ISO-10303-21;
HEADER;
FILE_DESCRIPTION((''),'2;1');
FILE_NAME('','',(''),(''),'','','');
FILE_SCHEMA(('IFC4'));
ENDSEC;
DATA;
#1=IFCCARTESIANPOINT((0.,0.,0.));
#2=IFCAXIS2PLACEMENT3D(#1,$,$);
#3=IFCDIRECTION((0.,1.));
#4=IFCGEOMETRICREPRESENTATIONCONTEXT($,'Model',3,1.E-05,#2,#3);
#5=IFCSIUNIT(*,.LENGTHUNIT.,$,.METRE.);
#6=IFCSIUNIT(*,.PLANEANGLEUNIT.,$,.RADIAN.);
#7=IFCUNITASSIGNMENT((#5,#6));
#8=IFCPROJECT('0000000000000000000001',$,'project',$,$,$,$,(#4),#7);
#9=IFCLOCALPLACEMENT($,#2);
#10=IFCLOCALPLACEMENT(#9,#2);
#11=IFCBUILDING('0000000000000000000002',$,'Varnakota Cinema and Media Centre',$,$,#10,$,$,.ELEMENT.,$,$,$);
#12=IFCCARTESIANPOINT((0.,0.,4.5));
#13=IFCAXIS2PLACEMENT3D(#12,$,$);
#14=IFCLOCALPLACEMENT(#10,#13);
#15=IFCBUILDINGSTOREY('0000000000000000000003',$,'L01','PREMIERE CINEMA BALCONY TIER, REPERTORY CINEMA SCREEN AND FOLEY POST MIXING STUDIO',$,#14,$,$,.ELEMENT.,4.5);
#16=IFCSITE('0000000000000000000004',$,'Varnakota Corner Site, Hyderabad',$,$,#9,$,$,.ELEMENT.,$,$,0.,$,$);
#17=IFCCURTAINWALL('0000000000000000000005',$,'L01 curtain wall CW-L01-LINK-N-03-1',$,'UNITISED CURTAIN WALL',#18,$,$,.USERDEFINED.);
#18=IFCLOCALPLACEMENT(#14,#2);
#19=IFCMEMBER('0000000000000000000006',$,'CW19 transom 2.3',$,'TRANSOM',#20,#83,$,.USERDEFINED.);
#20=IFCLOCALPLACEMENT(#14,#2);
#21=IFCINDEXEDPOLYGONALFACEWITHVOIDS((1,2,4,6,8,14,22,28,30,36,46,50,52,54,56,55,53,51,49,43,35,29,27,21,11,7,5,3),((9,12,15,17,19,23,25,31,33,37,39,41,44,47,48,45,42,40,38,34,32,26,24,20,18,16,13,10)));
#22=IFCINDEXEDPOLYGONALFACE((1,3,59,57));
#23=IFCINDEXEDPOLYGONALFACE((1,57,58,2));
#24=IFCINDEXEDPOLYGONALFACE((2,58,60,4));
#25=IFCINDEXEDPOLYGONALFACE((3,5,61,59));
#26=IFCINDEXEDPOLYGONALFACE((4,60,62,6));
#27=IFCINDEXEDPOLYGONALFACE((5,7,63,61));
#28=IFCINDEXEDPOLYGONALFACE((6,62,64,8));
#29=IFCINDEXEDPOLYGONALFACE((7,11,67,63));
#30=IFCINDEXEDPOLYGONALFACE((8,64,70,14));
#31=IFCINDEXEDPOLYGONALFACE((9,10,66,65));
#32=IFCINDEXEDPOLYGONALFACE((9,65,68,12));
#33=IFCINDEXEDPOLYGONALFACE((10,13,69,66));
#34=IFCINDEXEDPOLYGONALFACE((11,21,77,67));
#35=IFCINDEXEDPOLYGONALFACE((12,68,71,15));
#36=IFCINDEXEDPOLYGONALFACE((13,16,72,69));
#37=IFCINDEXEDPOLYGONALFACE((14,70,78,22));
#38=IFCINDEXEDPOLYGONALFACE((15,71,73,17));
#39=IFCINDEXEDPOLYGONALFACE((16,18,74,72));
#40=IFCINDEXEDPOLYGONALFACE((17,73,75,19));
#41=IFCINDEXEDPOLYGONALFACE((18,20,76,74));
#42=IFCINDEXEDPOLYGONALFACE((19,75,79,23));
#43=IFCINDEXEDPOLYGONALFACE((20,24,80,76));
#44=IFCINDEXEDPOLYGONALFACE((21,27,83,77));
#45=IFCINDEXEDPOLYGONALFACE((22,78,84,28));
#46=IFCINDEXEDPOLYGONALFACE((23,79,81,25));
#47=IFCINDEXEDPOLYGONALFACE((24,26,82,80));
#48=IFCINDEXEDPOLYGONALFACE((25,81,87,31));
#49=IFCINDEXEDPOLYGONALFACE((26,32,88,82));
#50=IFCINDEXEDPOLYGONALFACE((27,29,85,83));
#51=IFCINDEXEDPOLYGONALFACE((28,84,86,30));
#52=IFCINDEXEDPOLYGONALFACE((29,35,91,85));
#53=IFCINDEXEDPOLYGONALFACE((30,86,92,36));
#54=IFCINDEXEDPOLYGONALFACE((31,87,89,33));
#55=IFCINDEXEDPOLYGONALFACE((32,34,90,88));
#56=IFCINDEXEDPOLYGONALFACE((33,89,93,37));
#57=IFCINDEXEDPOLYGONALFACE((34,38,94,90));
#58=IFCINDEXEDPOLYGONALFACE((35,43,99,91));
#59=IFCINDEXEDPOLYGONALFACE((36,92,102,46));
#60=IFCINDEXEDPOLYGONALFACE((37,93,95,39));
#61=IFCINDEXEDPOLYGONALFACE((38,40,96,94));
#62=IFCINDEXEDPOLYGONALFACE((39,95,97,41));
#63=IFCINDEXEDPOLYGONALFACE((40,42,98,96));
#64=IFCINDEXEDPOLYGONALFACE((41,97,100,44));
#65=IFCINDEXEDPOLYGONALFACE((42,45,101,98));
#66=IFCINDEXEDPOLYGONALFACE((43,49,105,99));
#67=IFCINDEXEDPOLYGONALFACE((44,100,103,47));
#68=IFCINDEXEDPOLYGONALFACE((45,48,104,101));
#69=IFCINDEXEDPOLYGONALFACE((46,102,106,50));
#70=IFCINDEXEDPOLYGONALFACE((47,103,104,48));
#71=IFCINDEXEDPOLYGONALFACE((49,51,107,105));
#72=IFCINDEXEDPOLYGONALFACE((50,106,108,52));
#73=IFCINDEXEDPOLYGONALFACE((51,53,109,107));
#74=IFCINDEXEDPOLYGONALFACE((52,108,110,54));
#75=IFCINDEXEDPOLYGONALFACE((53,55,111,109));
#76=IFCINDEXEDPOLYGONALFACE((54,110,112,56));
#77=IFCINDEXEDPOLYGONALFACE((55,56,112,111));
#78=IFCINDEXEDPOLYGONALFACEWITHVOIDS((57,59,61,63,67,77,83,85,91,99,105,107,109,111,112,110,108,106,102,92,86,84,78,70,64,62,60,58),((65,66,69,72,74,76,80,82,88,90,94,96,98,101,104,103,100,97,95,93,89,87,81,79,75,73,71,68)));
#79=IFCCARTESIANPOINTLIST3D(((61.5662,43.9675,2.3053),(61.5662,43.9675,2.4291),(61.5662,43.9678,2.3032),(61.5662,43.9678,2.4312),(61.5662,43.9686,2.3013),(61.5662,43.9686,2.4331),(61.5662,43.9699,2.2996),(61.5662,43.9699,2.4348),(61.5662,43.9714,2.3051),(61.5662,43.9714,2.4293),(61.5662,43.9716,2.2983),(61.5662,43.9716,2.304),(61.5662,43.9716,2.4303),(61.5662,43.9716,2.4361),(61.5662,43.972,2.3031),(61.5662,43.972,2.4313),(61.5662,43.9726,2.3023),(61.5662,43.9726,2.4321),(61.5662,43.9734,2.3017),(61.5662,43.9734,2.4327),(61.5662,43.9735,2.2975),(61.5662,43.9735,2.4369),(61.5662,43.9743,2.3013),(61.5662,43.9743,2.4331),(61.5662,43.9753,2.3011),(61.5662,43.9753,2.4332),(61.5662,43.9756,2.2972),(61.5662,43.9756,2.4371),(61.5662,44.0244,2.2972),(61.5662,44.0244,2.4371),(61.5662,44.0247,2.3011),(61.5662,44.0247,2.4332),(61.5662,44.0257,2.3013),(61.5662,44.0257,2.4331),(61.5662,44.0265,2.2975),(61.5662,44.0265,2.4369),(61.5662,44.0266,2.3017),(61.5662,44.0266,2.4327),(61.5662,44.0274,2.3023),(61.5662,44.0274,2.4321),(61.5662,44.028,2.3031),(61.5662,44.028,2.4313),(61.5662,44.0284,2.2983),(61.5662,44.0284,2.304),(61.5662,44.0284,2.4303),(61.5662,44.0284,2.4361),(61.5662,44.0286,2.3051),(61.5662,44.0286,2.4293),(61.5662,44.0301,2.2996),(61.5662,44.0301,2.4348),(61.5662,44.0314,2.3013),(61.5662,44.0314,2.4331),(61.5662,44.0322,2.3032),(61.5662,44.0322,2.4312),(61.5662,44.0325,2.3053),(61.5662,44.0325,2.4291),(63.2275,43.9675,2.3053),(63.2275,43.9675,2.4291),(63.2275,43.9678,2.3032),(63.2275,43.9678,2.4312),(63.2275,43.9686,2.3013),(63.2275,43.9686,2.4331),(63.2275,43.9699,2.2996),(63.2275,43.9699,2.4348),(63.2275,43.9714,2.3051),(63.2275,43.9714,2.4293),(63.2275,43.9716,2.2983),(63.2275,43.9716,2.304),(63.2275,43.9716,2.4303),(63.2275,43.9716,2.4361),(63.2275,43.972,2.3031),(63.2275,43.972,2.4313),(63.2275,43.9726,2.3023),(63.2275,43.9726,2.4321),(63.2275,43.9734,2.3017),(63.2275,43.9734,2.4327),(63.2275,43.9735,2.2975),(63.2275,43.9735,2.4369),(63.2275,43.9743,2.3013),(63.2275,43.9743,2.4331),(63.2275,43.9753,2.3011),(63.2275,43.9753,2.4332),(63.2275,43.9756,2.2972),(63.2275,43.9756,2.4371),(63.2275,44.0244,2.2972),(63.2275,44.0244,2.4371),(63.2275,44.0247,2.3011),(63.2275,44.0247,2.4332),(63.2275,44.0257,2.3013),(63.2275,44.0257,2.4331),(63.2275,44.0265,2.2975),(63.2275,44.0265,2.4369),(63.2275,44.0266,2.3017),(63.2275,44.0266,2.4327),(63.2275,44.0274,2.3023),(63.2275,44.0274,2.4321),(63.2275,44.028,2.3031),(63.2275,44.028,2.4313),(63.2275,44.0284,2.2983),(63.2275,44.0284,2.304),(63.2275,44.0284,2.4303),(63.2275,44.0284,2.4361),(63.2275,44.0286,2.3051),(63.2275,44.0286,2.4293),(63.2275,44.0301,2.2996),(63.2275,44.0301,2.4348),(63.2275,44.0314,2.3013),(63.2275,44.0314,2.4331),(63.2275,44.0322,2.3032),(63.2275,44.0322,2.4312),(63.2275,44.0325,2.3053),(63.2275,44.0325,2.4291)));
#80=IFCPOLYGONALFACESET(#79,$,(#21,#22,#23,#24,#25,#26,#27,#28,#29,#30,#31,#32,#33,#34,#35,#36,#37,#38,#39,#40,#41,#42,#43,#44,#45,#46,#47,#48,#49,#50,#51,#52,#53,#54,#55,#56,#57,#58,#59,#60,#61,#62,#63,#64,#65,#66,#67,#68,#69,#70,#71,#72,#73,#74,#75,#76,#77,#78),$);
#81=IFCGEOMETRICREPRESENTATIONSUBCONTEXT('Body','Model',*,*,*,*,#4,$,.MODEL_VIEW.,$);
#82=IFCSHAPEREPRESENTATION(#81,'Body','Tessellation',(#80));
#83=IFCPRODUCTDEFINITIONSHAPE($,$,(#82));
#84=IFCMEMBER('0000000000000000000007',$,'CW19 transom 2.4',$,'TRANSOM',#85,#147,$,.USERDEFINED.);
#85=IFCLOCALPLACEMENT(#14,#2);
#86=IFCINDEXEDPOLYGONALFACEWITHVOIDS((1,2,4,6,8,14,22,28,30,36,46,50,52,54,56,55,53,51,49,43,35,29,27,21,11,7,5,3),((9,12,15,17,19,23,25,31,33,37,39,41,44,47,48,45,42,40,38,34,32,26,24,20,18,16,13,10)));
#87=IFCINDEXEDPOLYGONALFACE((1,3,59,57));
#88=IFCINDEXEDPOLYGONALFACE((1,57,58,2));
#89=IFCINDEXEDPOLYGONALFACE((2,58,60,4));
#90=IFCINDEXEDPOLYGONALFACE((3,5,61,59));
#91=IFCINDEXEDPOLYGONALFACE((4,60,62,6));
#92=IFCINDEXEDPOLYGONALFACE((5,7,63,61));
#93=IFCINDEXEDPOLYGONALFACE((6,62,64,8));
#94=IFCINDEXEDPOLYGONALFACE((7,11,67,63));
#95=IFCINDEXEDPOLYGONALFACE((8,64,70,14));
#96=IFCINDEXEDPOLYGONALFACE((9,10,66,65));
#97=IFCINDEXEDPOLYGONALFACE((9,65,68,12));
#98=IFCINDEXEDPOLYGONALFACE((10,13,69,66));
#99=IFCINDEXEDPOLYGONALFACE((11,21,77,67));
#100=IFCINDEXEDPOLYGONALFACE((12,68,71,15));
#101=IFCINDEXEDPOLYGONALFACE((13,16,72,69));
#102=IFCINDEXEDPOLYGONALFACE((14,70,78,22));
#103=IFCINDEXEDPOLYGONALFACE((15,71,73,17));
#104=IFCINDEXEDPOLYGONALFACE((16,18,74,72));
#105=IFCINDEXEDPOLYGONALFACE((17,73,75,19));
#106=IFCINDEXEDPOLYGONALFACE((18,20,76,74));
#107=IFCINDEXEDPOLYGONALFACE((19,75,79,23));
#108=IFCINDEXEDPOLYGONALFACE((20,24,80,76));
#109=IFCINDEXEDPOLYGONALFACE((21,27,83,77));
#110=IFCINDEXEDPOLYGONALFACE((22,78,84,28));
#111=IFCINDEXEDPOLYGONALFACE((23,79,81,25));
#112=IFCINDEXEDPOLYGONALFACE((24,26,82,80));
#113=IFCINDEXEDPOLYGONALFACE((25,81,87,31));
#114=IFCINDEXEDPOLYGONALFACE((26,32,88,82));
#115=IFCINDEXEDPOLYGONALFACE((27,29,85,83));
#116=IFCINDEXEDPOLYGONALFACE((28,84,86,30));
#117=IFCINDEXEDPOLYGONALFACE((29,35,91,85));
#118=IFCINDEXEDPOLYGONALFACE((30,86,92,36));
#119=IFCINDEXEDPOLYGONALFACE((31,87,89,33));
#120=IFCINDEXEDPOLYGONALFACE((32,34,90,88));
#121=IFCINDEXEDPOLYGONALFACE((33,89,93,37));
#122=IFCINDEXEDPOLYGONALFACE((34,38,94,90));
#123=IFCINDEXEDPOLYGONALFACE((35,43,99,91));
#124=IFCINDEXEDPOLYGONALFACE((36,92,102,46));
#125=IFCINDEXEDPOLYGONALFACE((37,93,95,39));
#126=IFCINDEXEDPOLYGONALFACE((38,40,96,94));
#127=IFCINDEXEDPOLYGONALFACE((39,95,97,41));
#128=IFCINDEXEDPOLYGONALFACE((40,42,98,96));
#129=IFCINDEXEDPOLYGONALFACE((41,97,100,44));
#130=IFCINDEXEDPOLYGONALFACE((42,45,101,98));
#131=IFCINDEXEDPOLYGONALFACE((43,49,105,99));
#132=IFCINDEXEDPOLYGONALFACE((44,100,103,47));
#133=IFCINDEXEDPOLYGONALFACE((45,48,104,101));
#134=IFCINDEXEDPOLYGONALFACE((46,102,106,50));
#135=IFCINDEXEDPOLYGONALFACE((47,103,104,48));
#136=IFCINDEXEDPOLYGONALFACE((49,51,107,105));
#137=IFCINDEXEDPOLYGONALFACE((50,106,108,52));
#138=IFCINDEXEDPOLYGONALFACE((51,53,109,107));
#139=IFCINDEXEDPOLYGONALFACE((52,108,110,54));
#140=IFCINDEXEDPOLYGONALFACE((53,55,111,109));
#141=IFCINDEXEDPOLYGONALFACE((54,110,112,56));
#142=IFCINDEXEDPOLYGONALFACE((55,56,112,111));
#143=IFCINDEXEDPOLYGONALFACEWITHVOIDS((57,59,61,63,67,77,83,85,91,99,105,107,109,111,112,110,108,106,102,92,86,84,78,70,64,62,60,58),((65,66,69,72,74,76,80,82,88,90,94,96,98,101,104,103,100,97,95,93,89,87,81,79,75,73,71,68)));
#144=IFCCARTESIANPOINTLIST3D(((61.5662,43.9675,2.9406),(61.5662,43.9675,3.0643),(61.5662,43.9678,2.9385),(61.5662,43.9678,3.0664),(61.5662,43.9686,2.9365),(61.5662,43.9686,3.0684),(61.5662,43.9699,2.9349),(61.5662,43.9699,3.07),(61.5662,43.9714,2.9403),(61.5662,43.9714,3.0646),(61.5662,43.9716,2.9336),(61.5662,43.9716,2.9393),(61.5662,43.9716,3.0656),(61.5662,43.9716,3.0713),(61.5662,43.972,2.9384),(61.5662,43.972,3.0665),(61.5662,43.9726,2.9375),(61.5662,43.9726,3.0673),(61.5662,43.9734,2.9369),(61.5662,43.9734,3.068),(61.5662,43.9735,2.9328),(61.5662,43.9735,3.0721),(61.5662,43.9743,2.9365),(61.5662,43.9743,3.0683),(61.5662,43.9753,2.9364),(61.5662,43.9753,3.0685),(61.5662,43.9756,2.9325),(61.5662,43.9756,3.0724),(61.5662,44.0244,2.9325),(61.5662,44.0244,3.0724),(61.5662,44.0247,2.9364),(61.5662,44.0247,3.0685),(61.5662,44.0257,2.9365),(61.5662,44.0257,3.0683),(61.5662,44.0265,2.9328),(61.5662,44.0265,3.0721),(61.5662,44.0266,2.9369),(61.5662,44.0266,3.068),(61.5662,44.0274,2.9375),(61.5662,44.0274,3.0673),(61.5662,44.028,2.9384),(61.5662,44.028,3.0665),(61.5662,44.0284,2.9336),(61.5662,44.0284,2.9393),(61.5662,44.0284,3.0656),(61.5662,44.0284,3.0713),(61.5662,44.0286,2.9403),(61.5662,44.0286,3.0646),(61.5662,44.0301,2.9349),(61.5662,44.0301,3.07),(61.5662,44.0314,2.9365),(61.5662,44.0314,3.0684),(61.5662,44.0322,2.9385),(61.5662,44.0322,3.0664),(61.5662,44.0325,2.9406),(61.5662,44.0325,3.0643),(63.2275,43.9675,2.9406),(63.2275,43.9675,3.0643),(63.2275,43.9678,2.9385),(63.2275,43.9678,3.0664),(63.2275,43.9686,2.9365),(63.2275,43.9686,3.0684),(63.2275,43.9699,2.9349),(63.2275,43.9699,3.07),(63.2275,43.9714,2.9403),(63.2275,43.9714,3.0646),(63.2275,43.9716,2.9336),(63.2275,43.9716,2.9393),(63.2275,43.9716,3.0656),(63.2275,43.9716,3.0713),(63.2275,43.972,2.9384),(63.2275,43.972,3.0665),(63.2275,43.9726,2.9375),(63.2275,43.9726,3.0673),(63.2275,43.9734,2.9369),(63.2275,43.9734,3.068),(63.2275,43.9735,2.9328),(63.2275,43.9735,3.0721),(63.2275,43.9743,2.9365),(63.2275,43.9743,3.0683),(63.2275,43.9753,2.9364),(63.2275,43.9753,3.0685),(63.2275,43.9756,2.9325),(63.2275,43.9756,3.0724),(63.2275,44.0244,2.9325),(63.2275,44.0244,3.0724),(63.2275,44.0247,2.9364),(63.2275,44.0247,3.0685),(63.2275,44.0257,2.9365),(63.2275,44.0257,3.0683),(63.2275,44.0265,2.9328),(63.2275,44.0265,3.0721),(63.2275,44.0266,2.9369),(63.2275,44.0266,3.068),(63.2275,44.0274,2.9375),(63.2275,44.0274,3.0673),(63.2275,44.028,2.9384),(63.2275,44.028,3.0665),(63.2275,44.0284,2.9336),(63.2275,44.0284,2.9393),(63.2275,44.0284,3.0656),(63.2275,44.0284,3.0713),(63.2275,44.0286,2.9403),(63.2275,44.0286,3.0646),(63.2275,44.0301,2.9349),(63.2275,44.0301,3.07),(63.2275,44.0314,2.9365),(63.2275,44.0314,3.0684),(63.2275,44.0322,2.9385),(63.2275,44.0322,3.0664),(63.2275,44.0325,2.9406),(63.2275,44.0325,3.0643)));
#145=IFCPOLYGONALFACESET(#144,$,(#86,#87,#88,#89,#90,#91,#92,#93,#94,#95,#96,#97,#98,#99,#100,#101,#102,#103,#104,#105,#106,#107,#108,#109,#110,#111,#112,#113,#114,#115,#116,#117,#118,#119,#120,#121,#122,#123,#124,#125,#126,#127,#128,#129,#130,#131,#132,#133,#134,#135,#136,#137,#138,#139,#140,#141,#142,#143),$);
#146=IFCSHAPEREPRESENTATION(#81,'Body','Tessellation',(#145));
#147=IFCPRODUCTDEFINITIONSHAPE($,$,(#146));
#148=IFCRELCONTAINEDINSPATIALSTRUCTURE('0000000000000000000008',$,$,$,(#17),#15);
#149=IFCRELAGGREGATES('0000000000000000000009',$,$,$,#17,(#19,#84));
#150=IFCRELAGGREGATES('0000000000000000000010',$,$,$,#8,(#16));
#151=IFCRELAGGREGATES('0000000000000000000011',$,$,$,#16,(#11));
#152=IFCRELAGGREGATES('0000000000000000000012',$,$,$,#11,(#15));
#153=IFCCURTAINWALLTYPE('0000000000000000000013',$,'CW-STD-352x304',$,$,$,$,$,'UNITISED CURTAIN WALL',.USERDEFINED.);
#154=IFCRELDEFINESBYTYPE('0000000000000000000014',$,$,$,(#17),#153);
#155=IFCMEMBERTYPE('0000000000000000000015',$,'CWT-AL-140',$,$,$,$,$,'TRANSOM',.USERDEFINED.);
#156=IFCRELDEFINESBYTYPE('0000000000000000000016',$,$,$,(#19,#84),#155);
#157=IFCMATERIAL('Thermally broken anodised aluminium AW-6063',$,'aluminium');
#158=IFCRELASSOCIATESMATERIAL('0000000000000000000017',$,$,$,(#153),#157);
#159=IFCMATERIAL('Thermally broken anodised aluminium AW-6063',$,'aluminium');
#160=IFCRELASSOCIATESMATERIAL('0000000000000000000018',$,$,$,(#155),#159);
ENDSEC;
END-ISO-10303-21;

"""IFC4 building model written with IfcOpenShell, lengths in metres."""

from ifc_helpers import new_model, si_unit, direction, frame, origin, origin_2d, place, context, subcontext, project, spatial, hollow_rectangle, extrude, material, material_profile, profile_set, type_object, element, aggregate, save


model = new_model("IFC4")

# Units and contexts
model_context = context("Model", 3, precision=1e-05, world=origin(), true_north=direction((0.0, 1.0)))
body_context = subcontext(model_context, "Body", "Model", "MODEL_VIEW")
ifc_project = project(units=[si_unit("LENGTHUNIT", "METRE"), si_unit("PLANEANGLEUNIT", "RADIAN")], contexts=[model_context])

# Site, building, storey
site_placement = place(None, origin())
site = spatial("IfcSite", under=ifc_project, at=site_placement, Name="Varnakota Corner Site, Hyderabad", CompositionType="ELEMENT", RefElevation=0.0)
building_placement = place(site_placement, origin())
building = spatial("IfcBuilding", under=site, at=building_placement, Name="Varnakota Cinema and Media Centre", CompositionType="ELEMENT")
storey_placement = place(building_placement, frame((0.0, 0.0, 4.5)))
storey = spatial("IfcBuildingStorey", under=building, at=storey_placement, Name="L01", Description="PREMIERE CINEMA BALCONY TIER, REPERTORY CINEMA SCREEN AND FOLEY POST MIXING STUDIO", CompositionType="ELEMENT", Elevation=4.5)

# Shared definitions
ifc_material_1 = material(Name="Thermally broken anodised aluminium AW-6063", Category="aluminium")
curtain_wall_type = type_object("IfcCurtainWallType", Name="CW-STD-352x304", ElementType="UNITISED CURTAIN WALL", PredefinedType="USERDEFINED", material=ifc_material_1)

# Curtain wall
curtain_wall_1_placement = place(storey_placement, origin())
curtain_wall_1 = element("IfcCurtainWall", 1, at=curtain_wall_1_placement, inside=storey, type_object=curtain_wall_type, Name="L01 curtain wall CW-L01-LINK-N-03-1", ObjectType="UNITISED CURTAIN WALL", PredefinedType="USERDEFINED")

# Members
ifc_material_2 = material(Name="Thermally broken anodised aluminium AW-6063", Category="aluminium")
ifc_material_profile_1 = material_profile(ifc_material_2, hollow_rectangle(XDim=0.0649, YDim=0.1399, WallThickness=0.0039, InnerFilletRadius=0.0039, OuterFilletRadius=0.0081, at=origin_2d()), Name="AL-TRANSOM 140x65x4")
ifc_profile_set_1 = profile_set([ifc_material_profile_1], Name="Thermally broken anodised aluminium AW-6063")
member_type_1 = type_object("IfcMemberType", Name="CWT-AL-140", ElementType="TRANSOM", PredefinedType="USERDEFINED", material=ifc_profile_set_1)
member_1_placement = place(storey_placement, frame((61.5662, 44.0, 2.3672), z_axis=(1.0, 0.0, 0.0), x_axis=(0.0, 1.0, 0.0)))
member_1 = element("IfcMember", 2, at=member_1_placement, type_object=member_type_1, Name="CW19 transom 2.3", ObjectType="TRANSOM", PredefinedType="USERDEFINED", context=body_context, shape_type="SweptSolid", body=[
    extrude(hollow_rectangle(XDim=0.0649, YDim=0.1399, WallThickness=0.0039, InnerFilletRadius=0.0039, OuterFilletRadius=0.0081, at=origin_2d()), origin(), (0.0, 0.0, 1.0), 1.6614),
])
member_2_placement = place(storey_placement, frame((61.5662, 44.0, 3.0024), z_axis=(1.0, 0.0, 0.0), x_axis=(0.0, 1.0, 0.0)))
member_2 = element("IfcMember", 3, at=member_2_placement, type_object=member_type_1, Name="CW19 transom 2.4", ObjectType="TRANSOM", PredefinedType="USERDEFINED", context=body_context, shape_type="SweptSolid", body=[
    extrude(hollow_rectangle(XDim=0.0649, YDim=0.1399, WallThickness=0.0039, InnerFilletRadius=0.0039, OuterFilletRadius=0.0081, at=origin_2d()), origin(), (0.0, 0.0, 1.0), 1.6614),
])

aggregate(curtain_wall_1, [member_1, member_2])

save(model, "model.ifc")
